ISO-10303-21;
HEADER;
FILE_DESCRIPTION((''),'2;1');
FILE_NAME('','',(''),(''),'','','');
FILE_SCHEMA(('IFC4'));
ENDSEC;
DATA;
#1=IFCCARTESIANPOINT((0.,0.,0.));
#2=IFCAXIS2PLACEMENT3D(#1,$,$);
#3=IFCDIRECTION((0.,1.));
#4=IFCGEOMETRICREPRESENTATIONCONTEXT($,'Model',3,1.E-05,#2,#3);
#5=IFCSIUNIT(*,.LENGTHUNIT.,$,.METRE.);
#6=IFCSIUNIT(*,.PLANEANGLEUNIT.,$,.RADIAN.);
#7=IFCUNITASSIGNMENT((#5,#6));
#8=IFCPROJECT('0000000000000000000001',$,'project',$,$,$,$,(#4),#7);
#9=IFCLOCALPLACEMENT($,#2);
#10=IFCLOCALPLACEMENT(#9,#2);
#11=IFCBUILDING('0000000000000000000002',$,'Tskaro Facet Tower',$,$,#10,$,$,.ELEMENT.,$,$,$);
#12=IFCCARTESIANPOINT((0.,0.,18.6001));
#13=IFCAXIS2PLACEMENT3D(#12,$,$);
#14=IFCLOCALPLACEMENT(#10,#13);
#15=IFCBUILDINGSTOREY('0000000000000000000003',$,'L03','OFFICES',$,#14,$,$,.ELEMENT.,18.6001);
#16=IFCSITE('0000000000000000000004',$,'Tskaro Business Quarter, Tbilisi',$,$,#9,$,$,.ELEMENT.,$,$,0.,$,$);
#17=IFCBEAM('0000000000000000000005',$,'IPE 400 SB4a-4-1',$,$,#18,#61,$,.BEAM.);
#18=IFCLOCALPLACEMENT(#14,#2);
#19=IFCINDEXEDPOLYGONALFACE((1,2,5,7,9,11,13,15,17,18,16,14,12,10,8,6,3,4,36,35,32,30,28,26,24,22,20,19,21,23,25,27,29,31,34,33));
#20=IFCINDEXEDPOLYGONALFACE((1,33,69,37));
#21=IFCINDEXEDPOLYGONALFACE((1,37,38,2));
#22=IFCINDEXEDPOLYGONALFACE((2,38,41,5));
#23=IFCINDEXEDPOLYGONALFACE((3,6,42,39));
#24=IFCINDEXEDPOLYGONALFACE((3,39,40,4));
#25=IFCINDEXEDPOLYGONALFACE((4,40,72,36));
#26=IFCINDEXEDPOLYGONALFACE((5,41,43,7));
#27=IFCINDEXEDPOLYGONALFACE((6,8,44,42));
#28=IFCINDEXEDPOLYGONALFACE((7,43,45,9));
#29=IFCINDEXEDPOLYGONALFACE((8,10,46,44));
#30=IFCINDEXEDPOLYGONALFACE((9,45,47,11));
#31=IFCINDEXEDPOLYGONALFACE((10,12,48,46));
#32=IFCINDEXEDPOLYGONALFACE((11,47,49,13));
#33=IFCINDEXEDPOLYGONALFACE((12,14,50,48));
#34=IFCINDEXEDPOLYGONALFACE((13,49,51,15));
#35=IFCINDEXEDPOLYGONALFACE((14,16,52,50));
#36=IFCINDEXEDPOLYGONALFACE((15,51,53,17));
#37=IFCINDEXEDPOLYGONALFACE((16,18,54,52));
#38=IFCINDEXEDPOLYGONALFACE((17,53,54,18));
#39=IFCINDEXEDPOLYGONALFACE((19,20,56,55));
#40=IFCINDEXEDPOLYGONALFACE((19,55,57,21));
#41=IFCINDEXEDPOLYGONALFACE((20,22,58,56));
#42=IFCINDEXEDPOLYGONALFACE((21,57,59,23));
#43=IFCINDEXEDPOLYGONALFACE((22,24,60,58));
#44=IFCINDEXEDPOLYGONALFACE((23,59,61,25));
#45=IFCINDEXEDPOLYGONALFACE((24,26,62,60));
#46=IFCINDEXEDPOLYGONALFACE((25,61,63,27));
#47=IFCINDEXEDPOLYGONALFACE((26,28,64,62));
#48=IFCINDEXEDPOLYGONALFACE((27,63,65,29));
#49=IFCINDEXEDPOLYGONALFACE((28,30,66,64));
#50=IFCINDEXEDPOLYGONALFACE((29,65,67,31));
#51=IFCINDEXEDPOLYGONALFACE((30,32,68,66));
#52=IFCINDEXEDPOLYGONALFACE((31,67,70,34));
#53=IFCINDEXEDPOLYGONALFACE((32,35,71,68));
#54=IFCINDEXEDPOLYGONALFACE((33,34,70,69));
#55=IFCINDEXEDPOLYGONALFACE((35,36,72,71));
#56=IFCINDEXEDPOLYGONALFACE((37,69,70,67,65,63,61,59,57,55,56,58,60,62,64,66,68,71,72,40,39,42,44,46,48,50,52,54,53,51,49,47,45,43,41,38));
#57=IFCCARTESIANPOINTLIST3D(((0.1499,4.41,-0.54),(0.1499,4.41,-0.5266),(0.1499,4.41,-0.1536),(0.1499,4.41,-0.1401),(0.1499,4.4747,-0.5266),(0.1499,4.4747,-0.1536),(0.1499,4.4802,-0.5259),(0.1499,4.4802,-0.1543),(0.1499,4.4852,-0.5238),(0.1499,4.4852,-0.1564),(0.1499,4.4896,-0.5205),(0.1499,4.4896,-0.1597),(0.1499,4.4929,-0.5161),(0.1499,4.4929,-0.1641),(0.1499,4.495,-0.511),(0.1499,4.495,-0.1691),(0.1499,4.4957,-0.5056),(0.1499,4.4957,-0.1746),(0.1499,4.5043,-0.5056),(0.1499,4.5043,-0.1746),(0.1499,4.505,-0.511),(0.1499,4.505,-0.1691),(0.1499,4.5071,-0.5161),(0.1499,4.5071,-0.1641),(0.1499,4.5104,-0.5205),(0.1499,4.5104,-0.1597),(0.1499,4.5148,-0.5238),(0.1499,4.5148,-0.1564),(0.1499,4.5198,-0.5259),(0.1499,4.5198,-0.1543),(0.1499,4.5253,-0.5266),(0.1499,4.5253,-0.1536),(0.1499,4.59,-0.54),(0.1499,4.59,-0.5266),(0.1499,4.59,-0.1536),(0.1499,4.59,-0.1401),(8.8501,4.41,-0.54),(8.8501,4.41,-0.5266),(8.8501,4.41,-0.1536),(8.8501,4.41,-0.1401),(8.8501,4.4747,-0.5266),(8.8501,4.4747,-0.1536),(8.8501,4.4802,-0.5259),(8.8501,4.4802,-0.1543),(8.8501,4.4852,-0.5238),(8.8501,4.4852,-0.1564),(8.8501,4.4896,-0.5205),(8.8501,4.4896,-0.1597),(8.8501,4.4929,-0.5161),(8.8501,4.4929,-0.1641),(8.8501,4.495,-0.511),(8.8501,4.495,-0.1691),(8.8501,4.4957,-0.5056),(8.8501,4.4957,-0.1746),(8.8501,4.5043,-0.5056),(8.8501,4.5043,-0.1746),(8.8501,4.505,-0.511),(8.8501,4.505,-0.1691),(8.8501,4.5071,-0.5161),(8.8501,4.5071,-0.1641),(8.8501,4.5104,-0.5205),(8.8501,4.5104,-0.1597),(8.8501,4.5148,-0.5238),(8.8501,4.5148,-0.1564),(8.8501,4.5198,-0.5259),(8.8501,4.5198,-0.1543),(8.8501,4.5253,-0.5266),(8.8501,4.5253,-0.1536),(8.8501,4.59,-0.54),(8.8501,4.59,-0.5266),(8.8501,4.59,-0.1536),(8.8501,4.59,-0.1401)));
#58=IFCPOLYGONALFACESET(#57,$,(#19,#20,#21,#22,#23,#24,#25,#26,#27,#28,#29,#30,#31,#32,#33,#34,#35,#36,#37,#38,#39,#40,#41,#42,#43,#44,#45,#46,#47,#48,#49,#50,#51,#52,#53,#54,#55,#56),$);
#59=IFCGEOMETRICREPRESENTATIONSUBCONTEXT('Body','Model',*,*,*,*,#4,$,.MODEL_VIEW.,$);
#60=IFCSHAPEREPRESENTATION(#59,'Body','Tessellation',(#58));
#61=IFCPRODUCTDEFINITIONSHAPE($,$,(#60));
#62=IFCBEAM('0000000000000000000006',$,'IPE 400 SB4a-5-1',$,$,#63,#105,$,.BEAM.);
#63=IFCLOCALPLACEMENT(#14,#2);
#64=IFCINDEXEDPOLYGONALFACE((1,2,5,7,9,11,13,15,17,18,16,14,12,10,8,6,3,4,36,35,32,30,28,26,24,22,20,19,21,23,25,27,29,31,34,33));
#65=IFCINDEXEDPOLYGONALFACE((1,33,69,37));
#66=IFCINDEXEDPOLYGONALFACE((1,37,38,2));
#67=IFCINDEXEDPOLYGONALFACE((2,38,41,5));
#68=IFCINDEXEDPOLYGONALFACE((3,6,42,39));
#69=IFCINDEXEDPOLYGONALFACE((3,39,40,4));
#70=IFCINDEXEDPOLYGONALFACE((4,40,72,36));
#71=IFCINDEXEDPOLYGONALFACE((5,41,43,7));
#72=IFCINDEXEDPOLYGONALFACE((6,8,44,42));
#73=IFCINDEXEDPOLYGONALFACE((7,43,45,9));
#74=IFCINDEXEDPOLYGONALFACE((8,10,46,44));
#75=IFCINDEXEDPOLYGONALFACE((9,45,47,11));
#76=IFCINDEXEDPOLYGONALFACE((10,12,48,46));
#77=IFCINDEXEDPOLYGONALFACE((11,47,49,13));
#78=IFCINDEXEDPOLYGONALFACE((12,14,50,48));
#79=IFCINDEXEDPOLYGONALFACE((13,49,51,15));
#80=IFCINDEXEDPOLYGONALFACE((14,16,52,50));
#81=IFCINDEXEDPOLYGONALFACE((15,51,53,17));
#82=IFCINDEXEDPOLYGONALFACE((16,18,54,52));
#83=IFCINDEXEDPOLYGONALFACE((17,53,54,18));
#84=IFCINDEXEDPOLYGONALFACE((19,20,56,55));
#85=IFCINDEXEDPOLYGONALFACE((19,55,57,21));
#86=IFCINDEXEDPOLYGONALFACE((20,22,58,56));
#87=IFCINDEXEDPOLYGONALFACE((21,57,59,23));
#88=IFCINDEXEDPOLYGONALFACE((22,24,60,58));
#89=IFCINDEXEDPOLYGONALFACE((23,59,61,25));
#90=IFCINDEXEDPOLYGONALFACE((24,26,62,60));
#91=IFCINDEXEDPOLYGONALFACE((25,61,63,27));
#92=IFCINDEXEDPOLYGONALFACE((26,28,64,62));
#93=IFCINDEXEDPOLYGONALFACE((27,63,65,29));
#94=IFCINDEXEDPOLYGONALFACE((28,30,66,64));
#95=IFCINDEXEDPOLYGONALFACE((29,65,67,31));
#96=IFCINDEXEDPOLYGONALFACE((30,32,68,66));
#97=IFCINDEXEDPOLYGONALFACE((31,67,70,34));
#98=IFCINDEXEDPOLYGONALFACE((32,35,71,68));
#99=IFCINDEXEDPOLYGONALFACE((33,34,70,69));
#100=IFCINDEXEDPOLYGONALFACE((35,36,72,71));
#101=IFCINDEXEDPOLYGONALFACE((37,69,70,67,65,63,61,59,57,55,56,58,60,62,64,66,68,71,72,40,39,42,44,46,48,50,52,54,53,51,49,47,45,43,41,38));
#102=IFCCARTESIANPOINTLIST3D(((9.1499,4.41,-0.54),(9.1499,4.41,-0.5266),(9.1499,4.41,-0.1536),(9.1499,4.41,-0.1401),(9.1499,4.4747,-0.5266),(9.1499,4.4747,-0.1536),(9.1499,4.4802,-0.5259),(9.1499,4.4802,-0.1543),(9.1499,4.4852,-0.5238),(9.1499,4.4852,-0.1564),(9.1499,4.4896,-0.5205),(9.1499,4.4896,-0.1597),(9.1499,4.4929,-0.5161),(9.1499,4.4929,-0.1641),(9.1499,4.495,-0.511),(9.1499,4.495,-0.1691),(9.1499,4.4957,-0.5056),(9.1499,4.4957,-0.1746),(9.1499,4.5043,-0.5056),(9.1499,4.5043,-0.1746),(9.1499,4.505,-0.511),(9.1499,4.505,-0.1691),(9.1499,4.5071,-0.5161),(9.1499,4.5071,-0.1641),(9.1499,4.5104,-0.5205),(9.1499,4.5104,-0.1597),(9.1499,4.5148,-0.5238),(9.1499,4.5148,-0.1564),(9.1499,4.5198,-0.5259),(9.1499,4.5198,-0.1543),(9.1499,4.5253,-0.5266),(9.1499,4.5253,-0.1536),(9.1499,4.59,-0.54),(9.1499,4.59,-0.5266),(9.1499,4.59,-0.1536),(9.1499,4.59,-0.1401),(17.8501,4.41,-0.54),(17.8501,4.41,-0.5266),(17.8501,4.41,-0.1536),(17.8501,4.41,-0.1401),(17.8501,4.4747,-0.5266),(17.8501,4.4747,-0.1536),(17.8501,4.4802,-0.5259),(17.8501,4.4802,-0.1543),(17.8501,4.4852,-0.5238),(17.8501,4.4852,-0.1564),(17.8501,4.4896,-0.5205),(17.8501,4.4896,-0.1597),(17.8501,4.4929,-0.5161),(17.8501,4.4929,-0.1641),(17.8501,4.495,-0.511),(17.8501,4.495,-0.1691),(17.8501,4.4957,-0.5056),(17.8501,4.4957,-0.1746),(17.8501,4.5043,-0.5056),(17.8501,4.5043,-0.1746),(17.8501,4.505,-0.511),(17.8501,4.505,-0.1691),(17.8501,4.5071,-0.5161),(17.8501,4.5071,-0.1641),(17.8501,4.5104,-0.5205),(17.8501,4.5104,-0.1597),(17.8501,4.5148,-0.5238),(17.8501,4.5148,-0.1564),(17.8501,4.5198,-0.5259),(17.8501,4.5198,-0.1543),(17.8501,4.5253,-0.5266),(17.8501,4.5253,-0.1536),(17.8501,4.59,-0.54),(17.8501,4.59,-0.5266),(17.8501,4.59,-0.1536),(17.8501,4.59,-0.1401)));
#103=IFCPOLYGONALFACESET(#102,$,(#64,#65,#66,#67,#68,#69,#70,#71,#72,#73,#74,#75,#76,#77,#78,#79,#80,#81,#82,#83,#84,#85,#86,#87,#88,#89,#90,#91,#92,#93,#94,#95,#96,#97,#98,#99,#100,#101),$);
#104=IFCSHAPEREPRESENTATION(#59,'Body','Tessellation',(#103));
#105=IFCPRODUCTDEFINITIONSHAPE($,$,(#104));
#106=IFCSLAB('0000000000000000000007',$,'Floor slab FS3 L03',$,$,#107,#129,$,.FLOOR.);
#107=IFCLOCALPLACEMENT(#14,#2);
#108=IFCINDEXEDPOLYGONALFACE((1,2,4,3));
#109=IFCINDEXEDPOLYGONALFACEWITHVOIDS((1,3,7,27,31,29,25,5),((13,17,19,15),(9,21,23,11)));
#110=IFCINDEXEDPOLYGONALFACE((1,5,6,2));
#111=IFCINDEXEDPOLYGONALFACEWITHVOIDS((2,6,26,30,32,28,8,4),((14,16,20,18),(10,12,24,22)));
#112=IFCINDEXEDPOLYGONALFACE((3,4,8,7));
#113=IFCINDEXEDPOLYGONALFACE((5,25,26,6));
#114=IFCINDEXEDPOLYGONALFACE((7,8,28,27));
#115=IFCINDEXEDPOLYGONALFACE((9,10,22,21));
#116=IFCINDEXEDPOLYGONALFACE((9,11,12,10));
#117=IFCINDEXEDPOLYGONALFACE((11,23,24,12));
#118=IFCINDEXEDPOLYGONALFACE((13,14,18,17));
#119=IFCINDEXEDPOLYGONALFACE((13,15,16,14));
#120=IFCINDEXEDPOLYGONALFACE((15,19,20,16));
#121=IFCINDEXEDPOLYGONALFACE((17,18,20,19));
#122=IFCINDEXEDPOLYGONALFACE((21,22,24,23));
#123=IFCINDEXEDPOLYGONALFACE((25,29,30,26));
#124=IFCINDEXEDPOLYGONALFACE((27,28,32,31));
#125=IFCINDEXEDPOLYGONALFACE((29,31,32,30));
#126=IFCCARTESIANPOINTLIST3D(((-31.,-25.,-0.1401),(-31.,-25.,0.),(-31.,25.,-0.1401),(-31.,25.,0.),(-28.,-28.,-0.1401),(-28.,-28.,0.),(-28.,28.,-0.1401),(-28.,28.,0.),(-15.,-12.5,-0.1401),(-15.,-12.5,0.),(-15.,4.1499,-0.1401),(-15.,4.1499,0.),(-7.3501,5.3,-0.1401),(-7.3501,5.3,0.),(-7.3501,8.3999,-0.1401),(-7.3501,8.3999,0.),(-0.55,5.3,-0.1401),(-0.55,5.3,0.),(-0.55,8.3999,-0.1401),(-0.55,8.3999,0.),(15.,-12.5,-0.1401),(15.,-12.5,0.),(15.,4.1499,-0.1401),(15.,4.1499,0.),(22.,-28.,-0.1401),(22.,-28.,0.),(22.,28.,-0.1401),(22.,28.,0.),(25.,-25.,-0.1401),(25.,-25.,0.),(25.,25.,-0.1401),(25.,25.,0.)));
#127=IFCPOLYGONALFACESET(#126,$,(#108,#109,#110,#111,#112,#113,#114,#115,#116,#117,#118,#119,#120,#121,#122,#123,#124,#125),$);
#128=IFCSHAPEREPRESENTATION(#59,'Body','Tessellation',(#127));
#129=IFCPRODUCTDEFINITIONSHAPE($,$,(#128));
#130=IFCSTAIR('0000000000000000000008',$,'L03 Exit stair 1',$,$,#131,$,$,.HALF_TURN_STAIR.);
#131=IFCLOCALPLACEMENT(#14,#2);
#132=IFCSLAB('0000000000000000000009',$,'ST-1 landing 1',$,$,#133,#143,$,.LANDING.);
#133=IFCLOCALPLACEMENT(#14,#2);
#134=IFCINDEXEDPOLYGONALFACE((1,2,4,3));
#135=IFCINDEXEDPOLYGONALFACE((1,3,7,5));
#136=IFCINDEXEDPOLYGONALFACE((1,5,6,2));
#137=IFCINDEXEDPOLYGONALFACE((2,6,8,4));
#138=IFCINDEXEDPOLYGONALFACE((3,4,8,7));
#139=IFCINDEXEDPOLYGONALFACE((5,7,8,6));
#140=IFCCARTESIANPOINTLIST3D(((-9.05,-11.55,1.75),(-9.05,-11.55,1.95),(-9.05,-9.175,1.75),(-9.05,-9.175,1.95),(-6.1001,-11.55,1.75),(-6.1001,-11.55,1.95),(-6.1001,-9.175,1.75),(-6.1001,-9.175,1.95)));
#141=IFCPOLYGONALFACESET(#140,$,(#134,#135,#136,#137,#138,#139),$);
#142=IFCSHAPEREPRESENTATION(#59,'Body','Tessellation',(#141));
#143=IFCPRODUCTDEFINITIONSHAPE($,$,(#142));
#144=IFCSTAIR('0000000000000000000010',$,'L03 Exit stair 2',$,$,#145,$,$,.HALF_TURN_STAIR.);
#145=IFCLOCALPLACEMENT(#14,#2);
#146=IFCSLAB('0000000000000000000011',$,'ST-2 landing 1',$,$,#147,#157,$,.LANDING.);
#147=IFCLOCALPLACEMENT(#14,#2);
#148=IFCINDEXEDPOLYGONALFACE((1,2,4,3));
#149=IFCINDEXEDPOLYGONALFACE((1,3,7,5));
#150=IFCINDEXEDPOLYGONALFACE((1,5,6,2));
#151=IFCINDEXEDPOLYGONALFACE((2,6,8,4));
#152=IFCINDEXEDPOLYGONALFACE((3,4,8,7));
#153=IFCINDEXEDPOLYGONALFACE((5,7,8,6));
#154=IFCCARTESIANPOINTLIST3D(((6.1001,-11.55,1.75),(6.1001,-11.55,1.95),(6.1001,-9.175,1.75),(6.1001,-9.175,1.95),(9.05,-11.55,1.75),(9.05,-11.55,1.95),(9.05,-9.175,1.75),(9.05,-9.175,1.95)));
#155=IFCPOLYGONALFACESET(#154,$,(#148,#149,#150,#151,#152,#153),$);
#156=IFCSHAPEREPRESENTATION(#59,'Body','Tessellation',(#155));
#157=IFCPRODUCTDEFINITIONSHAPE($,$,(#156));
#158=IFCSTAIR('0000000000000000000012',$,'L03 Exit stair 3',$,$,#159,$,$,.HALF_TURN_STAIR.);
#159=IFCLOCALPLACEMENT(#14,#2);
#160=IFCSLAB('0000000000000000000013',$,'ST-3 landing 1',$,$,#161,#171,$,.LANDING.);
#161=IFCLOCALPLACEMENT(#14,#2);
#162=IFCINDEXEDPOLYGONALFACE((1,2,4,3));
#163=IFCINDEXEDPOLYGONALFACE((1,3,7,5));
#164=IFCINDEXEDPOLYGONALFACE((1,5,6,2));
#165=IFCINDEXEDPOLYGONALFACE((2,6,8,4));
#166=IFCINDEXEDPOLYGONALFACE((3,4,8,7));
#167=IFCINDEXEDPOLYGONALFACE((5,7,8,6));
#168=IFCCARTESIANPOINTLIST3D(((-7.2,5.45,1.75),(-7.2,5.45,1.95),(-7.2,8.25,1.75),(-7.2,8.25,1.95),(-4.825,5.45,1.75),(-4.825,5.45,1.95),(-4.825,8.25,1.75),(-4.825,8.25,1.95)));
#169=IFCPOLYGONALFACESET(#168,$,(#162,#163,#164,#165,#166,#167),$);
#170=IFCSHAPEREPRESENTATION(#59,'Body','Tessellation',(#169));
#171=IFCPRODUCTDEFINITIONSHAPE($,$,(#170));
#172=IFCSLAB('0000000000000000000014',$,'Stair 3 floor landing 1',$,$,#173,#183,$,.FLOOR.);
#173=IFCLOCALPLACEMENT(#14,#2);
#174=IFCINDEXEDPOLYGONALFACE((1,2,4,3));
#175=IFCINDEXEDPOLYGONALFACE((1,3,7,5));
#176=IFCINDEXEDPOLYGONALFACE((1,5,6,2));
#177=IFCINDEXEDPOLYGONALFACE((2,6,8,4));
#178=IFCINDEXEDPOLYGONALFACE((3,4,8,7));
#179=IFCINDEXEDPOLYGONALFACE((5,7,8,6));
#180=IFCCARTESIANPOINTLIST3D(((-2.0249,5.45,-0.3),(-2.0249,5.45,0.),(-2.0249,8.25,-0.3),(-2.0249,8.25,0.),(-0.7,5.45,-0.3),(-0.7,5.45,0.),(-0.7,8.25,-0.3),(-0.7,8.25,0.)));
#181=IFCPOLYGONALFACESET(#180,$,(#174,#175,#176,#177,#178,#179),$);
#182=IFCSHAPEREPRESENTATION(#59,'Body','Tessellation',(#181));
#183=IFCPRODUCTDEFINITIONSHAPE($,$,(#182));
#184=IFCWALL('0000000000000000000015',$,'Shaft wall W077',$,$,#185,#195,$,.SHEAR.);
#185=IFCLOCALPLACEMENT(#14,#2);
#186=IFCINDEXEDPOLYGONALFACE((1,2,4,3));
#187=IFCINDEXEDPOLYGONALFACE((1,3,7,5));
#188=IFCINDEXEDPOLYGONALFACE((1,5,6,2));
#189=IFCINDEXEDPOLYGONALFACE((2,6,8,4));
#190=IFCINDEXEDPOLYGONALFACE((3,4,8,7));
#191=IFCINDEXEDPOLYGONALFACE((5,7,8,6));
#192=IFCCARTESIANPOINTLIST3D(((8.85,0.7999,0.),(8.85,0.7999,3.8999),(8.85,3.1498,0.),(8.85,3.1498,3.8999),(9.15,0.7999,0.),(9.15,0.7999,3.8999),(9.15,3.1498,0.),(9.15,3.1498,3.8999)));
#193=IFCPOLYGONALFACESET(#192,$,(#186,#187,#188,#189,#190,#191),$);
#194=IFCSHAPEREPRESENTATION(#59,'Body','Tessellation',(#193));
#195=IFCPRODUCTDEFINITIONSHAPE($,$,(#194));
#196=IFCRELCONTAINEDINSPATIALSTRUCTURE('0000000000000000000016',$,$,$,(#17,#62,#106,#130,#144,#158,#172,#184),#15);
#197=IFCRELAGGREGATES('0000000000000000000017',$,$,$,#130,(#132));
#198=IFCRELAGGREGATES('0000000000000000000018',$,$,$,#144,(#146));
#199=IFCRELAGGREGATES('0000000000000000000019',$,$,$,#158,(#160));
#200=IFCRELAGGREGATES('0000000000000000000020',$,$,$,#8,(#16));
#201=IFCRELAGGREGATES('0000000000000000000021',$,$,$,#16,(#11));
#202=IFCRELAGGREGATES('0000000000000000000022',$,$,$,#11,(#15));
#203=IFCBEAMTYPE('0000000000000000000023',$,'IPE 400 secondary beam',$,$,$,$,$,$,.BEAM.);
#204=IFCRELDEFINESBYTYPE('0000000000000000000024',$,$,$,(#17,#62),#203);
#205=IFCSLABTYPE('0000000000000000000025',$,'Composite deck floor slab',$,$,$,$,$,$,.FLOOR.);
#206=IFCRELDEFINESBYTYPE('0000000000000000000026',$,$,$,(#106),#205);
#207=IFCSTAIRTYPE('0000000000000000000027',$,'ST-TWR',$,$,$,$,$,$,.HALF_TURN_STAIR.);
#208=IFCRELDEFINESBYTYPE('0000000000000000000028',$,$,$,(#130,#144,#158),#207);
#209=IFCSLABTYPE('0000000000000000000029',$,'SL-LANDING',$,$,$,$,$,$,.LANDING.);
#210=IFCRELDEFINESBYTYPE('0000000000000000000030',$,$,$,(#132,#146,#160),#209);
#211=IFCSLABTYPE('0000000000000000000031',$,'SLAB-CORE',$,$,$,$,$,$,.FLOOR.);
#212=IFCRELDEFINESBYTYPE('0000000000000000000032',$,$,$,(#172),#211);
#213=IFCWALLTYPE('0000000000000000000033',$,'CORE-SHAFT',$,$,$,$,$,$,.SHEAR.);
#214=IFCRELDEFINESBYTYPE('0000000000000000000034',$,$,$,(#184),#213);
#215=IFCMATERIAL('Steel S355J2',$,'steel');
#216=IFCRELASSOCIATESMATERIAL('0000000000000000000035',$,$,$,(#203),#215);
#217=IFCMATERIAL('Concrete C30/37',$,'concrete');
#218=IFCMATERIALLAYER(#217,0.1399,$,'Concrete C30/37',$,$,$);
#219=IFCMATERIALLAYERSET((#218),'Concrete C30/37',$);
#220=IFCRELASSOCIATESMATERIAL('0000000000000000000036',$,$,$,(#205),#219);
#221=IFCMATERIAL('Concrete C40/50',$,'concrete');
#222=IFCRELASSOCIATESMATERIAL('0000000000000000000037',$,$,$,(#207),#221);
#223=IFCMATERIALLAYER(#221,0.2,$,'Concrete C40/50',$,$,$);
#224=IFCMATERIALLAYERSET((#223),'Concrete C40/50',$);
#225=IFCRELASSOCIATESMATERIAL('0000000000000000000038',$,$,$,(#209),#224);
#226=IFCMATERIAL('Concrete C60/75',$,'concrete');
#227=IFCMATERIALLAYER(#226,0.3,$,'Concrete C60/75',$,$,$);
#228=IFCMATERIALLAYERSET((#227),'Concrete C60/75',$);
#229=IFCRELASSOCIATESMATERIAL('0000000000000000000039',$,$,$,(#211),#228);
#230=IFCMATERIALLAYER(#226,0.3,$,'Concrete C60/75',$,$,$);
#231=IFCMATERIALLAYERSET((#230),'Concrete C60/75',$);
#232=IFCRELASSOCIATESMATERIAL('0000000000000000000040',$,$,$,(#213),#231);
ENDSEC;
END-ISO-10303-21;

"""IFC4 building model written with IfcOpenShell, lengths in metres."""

from ifc_helpers import new_model, si_unit, direction, frame, frame_2d, origin, origin_2d, place, context, subcontext, project, spatial, polyline, rectangle, i_section, outline, extrude, material, layer, layer_set, material_profile, profile_set, type_object, element, aggregate, save


model = new_model("IFC4")

# Units and contexts
model_context = context("Model", 3, precision=1e-05, world=origin(), true_north=direction((0.0, 1.0)))
body_context = subcontext(model_context, "Body", "Model", "MODEL_VIEW")
ifc_project = project(units=[si_unit("LENGTHUNIT", "METRE"), si_unit("PLANEANGLEUNIT", "RADIAN")], contexts=[model_context])

# Site, building, storey
site_placement = place(None, origin())
site = spatial("IfcSite", under=ifc_project, at=site_placement, Name="Tskaro Business Quarter, Tbilisi", CompositionType="ELEMENT", RefElevation=0.0)
building_placement = place(site_placement, origin())
building = spatial("IfcBuilding", under=site, at=building_placement, Name="Tskaro Facet Tower", CompositionType="ELEMENT")
storey_placement = place(building_placement, frame((0.0, 0.0, 18.6001)))
storey = spatial("IfcBuildingStorey", under=building, at=storey_placement, Name="L03", Description="OFFICES", CompositionType="ELEMENT", Elevation=18.6001)

# Beams
ifc_material_1 = material(Name="Steel S355J2", Category="steel")
ifc_material_profile_1 = material_profile(ifc_material_1, i_section(OverallWidth=0.1799, OverallDepth=0.3999, WebThickness=0.0085, FlangeThickness=0.0134, FilletRadius=0.021, at=origin_2d()), Name="IPE 400")
ifc_profile_set_1 = profile_set([ifc_material_profile_1], Name="Steel S355J2")
beam_type_1 = type_object("IfcBeamType", Name="IPE 400 secondary beam", PredefinedType="BEAM", material=ifc_profile_set_1)
for number, where, z_axis, x_axis, name in (
    (1, (0.1499, 4.5, -0.3401), (1.0, 0.0, 0.0), (0.0, 1.0, 0.0), "IPE 400 SB4a-4-1"),
    (2, (9.1499, 4.5, -0.3401), (1.0, 0.0, 0.0), (0.0, 1.0, 0.0), "IPE 400 SB4a-5-1"),
):
    element("IfcBeam", number, at=place(storey_placement, frame(where, z_axis=z_axis, x_axis=x_axis)), inside=storey, type_object=beam_type_1, Name=name, PredefinedType="BEAM", context=body_context, shape_type="SweptSolid", body=[
        extrude(i_section(OverallWidth=0.1799, OverallDepth=0.3999, WebThickness=0.0085, FlangeThickness=0.0134, FilletRadius=0.021, at=origin_2d()), origin(), (0.0, 0.0, 1.0), 8.7002),
    ])

# Slab
ifc_material_2 = material(Name="Concrete C30/37", Category="concrete")
ifc_layer_1 = layer(ifc_material_2, 0.1399, Name="Concrete C30/37")
ifc_layer_set_1 = layer_set([ifc_layer_1], Name="Concrete C30/37")
slab_type_1 = type_object("IfcSlabType", Name="Composite deck floor slab", PredefinedType="FLOOR", material=ifc_layer_set_1)
slab_1_placement = place(storey_placement, frame((0.0, 0.0, -0.1401)))
element("IfcSlab", 3, at=slab_1_placement, inside=storey, type_object=slab_type_1, Name="Floor slab FS3 L03", PredefinedType="FLOOR", context=body_context, shape_type="SweptSolid", body=[
    extrude(outline(polyline([(-28.0, -28.0), (22.0, -28.0), (25.0, -25.0), (25.0, 25.0), (22.0, 28.0), (-28.0, 28.0), (-31.0, 25.0), (-31.0, -25.0), (-28.0, -28.0)]), holes=[polyline([(-15.0, -12.5), (15.0, -12.5), (15.0, 4.1499), (-15.0, 4.1499), (-15.0, -12.5)]), polyline([(-7.3501, 5.3), (-0.55, 5.3), (-0.55, 8.3999), (-7.3501, 8.3999), (-7.3501, 5.3)])]), origin(), (0.0, 0.0, 1.0), 0.1401),
])

# Stairs, slabs
ifc_material_3 = material(Name="Concrete C40/50", Category="concrete")
stair_type = type_object("IfcStairType", Name="ST-TWR", PredefinedType="HALF_TURN_STAIR", material=ifc_material_3)
stair_1_placement = place(storey_placement, origin())
stair_1 = element("IfcStair", 4, at=stair_1_placement, inside=storey, type_object=stair_type, Name="L03 Exit stair 1", PredefinedType="HALF_TURN_STAIR")
ifc_layer_2 = layer(ifc_material_3, 0.2, Name="Concrete C40/50")
ifc_layer_set_2 = layer_set([ifc_layer_2], Name="Concrete C40/50")
slab_type_2 = type_object("IfcSlabType", Name="SL-LANDING", PredefinedType="LANDING", material=ifc_layer_set_2)
slab_2_placement = place(storey_placement, frame((0.0, 0.0, 1.75)))
slab_2 = element("IfcSlab", 5, at=slab_2_placement, type_object=slab_type_2, Name="ST-1 landing 1", PredefinedType="LANDING", context=body_context, shape_type="SweptSolid", body=[
    extrude(outline(polyline([(-9.05, -11.55), (-6.1001, -11.55), (-6.1001, -9.175), (-9.05, -9.175), (-9.05, -11.55)])), origin(), (0.0, 0.0, 1.0), 0.2),
])
aggregate(stair_1, [slab_2])
stair_2_placement = place(storey_placement, origin())
stair_2 = element("IfcStair", 6, at=stair_2_placement, inside=storey, type_object=stair_type, Name="L03 Exit stair 2", PredefinedType="HALF_TURN_STAIR")
slab_3_placement = place(storey_placement, frame((0.0, 0.0, 1.75)))
slab_3 = element("IfcSlab", 7, at=slab_3_placement, type_object=slab_type_2, Name="ST-2 landing 1", PredefinedType="LANDING", context=body_context, shape_type="SweptSolid", body=[
    extrude(outline(polyline([(6.1001, -11.55), (9.05, -11.55), (9.05, -9.175), (6.1001, -9.175), (6.1001, -11.55)])), origin(), (0.0, 0.0, 1.0), 0.2),
])
aggregate(stair_2, [slab_3])
stair_3_placement = place(storey_placement, origin())
stair_3 = element("IfcStair", 8, at=stair_3_placement, inside=storey, type_object=stair_type, Name="L03 Exit stair 3", PredefinedType="HALF_TURN_STAIR")
slab_4_placement = place(storey_placement, frame((0.0, 0.0, 1.75)))
slab_4 = element("IfcSlab", 9, at=slab_4_placement, type_object=slab_type_2, Name="ST-3 landing 1", PredefinedType="LANDING", context=body_context, shape_type="SweptSolid", body=[
    extrude(outline(polyline([(-7.2, 5.45), (-4.825, 5.45), (-4.825, 8.25), (-7.2, 8.25), (-7.2, 5.45)])), origin(), (0.0, 0.0, 1.0), 0.2),
])
aggregate(stair_3, [slab_4])

# Slab
ifc_material_4 = material(Name="Concrete C60/75", Category="concrete")
ifc_layer_3 = layer(ifc_material_4, 0.3, Name="Concrete C60/75")
ifc_layer_set_3 = layer_set([ifc_layer_3], Name="Concrete C60/75")
slab_type_3 = type_object("IfcSlabType", Name="SLAB-CORE", PredefinedType="FLOOR", material=ifc_layer_set_3)
slab_5_placement = place(storey_placement, frame((0.0, 0.0, -0.3)))
element("IfcSlab", 10, at=slab_5_placement, inside=storey, type_object=slab_type_3, Name="Stair 3 floor landing 1", PredefinedType="FLOOR", context=body_context, shape_type="SweptSolid", body=[
    extrude(outline(polyline([(-2.0249, 5.45), (-0.7, 5.45), (-0.7, 8.25), (-2.0249, 8.25), (-2.0249, 5.45)])), origin(), (0.0, 0.0, 1.0), 0.3),
])

# Wall
ifc_layer_4 = layer(ifc_material_4, 0.3, Name="Concrete C60/75")
ifc_layer_set_4 = layer_set([ifc_layer_4], Name="Concrete C60/75")
wall_type_1 = type_object("IfcWallType", Name="CORE-SHAFT", PredefinedType="SHEAR", material=ifc_layer_set_4)
wall_1_placement = place(storey_placement, frame((9.0, 0.8, 0.0), z_axis=(0.0, 0.0, 1.0), x_axis=(0.0, 1.0, 0.0)))
element("IfcWall", 11, at=wall_1_placement, inside=storey, type_object=wall_type_1, Name="Shaft wall W077", PredefinedType="SHEAR", context=body_context, shape_type="SweptSolid", body=[
    extrude(rectangle(XDim=2.3499, YDim=0.3, at=frame_2d((1.1748, 0.0))), origin(), (0.0, 0.0, 1.0), 3.8999),
])

save(model, "model.ifc")
